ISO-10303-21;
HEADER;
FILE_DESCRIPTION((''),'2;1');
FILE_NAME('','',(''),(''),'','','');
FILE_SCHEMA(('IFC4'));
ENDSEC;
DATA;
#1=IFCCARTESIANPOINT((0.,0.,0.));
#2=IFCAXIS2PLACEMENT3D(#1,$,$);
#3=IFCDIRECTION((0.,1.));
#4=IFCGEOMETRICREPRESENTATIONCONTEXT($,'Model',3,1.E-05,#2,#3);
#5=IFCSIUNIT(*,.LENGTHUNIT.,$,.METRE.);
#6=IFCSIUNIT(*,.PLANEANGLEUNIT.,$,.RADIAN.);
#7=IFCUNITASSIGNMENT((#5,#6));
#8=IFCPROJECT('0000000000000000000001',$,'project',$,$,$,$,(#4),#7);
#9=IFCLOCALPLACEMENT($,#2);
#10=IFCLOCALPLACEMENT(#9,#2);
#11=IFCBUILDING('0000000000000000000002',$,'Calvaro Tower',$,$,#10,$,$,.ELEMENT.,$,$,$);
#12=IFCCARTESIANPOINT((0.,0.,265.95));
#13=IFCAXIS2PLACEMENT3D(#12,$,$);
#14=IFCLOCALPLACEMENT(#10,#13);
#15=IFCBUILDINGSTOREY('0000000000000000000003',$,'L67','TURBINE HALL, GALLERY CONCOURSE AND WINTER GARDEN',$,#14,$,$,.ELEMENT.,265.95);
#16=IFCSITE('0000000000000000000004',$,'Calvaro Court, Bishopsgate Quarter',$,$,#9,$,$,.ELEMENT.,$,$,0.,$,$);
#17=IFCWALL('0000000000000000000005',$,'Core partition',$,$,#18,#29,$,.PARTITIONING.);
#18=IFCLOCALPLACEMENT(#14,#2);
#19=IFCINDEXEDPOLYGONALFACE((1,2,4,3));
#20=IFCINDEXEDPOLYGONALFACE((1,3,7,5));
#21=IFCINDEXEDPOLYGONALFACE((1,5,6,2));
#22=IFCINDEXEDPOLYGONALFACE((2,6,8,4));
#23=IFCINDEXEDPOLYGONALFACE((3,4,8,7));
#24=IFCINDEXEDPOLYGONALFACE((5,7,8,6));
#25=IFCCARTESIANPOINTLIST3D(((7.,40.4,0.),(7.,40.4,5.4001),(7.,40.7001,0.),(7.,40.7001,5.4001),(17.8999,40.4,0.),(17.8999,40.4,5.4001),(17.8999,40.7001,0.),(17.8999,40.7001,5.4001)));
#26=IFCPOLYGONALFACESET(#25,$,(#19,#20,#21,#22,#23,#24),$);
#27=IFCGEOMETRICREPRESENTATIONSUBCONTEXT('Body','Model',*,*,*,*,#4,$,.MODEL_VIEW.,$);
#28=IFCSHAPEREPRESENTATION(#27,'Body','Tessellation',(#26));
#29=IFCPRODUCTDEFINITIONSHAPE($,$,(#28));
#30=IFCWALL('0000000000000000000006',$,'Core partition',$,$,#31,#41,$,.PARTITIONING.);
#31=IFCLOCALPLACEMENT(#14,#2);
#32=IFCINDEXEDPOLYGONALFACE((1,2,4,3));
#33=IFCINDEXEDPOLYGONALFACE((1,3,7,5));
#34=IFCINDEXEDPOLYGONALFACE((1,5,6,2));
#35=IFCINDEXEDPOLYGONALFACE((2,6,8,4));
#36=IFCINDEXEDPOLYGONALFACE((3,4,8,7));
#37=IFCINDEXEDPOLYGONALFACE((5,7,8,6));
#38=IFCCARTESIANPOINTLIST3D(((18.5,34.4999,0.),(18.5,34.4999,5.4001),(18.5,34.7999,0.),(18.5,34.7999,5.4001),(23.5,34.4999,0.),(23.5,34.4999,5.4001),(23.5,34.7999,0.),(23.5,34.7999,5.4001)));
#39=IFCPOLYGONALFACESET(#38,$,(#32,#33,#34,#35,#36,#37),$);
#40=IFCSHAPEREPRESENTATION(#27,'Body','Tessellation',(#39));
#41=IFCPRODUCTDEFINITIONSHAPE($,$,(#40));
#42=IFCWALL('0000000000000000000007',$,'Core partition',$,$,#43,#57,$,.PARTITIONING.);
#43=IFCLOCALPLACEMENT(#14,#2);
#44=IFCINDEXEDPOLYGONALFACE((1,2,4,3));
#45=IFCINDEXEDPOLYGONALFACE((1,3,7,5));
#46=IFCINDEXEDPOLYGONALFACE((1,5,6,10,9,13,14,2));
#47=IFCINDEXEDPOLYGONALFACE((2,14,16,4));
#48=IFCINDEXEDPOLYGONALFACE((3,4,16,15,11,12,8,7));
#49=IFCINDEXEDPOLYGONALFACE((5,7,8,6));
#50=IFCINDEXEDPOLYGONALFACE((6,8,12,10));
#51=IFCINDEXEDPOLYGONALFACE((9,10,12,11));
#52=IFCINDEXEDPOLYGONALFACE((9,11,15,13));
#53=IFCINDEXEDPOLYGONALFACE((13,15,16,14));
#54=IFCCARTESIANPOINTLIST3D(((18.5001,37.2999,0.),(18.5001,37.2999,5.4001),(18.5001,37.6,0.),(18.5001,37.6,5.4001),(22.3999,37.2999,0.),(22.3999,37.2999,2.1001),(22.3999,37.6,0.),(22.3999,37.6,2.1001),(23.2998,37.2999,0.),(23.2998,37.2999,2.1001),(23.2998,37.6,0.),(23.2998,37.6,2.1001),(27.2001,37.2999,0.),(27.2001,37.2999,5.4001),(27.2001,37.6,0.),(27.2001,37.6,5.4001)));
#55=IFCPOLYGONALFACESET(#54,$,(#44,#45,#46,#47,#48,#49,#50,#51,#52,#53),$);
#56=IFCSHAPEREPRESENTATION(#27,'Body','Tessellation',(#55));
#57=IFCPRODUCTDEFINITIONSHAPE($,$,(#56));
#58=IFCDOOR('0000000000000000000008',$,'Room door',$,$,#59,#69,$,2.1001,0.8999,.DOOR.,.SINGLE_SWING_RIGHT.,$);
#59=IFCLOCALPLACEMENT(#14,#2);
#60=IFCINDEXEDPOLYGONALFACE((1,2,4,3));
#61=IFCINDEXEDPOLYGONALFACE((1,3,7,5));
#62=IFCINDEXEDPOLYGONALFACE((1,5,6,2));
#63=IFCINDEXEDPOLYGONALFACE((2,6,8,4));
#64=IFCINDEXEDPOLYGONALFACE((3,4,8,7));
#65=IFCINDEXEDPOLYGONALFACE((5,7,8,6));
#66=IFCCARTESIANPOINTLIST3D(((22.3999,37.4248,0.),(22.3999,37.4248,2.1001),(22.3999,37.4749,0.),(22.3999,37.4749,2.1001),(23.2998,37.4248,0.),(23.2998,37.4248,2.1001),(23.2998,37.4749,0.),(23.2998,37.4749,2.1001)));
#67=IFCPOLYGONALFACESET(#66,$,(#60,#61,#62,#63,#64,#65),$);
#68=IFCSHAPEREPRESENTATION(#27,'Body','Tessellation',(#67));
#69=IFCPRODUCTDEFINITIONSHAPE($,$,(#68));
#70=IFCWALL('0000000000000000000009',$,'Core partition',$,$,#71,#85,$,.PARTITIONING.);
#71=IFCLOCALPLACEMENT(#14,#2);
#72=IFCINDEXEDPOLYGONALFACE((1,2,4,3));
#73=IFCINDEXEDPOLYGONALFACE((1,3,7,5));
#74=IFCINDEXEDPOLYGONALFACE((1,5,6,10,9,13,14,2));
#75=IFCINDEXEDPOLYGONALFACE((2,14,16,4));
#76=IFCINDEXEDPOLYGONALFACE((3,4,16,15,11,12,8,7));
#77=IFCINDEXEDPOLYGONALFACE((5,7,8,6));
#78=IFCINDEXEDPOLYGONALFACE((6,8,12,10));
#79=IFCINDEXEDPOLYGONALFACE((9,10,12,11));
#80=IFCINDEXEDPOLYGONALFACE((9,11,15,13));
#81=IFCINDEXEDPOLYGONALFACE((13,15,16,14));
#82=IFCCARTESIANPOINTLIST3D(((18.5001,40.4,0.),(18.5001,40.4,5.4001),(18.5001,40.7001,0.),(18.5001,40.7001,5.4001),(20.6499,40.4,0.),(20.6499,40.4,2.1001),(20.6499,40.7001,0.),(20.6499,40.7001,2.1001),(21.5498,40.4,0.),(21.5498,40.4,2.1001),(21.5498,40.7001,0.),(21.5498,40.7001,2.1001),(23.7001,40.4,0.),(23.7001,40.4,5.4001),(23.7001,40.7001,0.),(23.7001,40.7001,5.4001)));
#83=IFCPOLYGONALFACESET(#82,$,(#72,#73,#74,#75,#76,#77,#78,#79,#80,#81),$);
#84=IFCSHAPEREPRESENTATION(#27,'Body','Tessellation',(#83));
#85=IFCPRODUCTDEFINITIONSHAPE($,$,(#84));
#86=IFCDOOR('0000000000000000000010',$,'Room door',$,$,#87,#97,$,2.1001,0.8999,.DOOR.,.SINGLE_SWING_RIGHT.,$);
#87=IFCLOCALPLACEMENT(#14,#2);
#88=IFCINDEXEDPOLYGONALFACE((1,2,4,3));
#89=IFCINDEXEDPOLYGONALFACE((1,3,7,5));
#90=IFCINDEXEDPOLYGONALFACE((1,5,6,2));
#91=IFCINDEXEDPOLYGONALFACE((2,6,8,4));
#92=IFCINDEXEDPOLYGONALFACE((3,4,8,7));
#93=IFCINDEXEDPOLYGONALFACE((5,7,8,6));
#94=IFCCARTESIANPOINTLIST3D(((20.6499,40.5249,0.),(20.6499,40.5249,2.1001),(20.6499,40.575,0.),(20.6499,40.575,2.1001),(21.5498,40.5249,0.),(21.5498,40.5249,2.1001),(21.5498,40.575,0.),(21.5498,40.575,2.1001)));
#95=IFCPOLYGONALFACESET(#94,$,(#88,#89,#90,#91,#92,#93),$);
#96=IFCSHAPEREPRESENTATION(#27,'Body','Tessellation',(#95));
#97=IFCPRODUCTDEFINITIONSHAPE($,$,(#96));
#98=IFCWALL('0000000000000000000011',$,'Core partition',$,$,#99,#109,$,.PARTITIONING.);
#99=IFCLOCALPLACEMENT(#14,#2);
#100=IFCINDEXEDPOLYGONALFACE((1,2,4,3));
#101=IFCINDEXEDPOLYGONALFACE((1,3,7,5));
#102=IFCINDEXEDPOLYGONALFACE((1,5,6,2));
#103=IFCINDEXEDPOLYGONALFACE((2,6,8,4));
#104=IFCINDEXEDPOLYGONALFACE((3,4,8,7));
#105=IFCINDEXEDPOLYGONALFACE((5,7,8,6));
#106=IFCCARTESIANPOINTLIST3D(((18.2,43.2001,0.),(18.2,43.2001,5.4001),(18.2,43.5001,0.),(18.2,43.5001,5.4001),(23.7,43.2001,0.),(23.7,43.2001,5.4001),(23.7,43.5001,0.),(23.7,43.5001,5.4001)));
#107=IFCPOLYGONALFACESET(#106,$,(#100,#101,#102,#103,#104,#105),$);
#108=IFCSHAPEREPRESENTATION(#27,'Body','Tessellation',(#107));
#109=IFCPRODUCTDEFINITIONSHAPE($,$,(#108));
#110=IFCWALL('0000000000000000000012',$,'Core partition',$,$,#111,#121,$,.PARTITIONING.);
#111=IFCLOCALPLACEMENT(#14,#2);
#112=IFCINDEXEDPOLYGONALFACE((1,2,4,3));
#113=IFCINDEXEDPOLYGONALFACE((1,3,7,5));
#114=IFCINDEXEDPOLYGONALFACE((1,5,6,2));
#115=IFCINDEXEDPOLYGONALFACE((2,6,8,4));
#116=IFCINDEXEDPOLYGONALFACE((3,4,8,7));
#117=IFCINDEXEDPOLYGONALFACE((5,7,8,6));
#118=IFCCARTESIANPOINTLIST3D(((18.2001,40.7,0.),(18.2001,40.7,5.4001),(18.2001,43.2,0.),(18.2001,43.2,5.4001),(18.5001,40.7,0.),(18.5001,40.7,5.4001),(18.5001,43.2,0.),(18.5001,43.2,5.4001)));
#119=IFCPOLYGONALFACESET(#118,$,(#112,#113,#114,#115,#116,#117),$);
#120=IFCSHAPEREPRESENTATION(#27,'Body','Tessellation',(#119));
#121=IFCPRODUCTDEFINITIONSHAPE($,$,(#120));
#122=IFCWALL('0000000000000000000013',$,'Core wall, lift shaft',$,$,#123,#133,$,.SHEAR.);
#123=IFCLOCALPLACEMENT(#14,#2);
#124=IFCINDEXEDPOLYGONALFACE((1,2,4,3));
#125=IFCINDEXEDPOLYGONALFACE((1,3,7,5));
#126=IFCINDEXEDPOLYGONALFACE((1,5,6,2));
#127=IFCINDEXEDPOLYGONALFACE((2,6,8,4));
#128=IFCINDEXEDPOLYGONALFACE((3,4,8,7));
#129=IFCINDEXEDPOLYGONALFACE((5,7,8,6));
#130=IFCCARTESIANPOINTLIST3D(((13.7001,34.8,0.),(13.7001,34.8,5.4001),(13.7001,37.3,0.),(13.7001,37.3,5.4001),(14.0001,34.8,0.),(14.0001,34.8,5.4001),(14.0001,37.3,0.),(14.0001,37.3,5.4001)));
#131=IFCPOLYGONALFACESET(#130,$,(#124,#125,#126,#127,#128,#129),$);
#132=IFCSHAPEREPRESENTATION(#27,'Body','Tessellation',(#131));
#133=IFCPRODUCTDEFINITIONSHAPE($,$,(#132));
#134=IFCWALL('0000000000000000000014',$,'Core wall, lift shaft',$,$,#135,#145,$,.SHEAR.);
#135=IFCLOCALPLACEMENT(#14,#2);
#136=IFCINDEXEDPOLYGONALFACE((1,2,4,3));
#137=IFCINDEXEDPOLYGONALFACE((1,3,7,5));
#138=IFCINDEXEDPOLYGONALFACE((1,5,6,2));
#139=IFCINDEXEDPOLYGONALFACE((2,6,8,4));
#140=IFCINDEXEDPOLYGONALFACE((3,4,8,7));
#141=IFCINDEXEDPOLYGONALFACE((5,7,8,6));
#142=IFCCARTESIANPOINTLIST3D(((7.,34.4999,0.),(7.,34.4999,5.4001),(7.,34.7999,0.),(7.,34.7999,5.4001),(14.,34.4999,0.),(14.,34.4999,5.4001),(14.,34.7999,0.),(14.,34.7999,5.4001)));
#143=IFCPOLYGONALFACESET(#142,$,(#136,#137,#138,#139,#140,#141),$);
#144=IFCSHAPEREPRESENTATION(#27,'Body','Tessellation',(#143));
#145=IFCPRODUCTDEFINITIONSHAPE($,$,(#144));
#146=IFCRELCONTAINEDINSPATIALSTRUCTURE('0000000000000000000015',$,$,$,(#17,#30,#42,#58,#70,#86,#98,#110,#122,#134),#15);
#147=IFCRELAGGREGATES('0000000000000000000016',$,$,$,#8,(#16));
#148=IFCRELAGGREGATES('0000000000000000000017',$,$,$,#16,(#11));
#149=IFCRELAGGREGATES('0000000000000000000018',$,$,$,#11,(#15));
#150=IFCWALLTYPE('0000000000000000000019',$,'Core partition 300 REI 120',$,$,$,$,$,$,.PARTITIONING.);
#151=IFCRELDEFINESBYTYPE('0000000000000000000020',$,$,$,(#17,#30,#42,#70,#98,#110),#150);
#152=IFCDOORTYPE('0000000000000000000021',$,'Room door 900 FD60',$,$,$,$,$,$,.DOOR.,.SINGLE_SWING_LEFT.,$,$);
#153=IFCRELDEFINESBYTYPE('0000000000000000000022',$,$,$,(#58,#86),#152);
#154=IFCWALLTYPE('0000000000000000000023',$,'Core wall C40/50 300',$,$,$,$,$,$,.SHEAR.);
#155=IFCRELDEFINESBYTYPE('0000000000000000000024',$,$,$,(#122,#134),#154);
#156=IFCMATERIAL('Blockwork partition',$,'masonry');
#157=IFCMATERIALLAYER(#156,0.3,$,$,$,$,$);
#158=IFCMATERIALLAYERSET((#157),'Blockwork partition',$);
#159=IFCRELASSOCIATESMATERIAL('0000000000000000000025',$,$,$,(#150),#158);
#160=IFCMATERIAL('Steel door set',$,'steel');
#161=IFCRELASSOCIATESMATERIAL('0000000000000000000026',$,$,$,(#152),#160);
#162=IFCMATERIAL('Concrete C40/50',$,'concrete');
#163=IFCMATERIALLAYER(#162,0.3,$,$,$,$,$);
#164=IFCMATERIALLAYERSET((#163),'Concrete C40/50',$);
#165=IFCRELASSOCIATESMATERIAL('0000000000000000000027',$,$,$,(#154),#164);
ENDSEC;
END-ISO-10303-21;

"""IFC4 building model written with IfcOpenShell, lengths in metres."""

from ifc_helpers import new_model, si_unit, direction, frame, frame_2d, origin, place, context, subcontext, project, spatial, rectangle, extrude, material, layer, layer_set, type_object, element, fill, save


model = new_model("IFC4")

# Units and contexts
model_context = context("Model", 3, precision=1e-05, world=origin(), true_north=direction((0.0, 1.0)))
body_context = subcontext(model_context, "Body", "Model", "MODEL_VIEW")
ifc_project = project(units=[si_unit("LENGTHUNIT", "METRE"), si_unit("PLANEANGLEUNIT", "RADIAN")], contexts=[model_context])

# Site, building, storey
site_placement = place(None, origin())
site = spatial("IfcSite", under=ifc_project, at=site_placement, Name="Calvaro Court, Bishopsgate Quarter", CompositionType="ELEMENT", RefElevation=0.0)
building_placement = place(site_placement, origin())
building = spatial("IfcBuilding", under=site, at=building_placement, Name="Calvaro Tower", CompositionType="ELEMENT")
storey_placement = place(building_placement, frame((0.0, 0.0, 265.95)))
storey = spatial("IfcBuildingStorey", under=building, at=storey_placement, Name="L67", Description="TURBINE HALL, GALLERY CONCOURSE AND WINTER GARDEN", CompositionType="ELEMENT", Elevation=265.95)

# Walls
ifc_material_1 = material(Name="Blockwork partition", Category="masonry")
ifc_layer_1 = layer(ifc_material_1, 0.3)
ifc_layer_set_1 = layer_set([ifc_layer_1], Name="Blockwork partition")
wall_type_1 = type_object("IfcWallType", Name="Core partition 300 REI 120", PredefinedType="PARTITIONING", material=ifc_layer_set_1)
wall_1_placement = place(storey_placement, frame((7.0, 40.55, 0.0), z_axis=(0.0, 0.0, 1.0), x_axis=(1.0, 0.0, 0.0)))
element("IfcWall", 1, at=wall_1_placement, inside=storey, type_object=wall_type_1, Name="Core partition", PredefinedType="PARTITIONING", context=body_context, shape_type="SweptSolid", body=[
    extrude(rectangle(XDim=10.8999, YDim=0.3, at=frame_2d((5.45, 0.0))), origin(), (0.0, 0.0, 1.0), 5.4001),
])
wall_2_placement = place(storey_placement, frame((18.5, 34.6499, 0.0), z_axis=(0.0, 0.0, 1.0), x_axis=(1.0, 0.0, 0.0)))
element("IfcWall", 2, at=wall_2_placement, inside=storey, type_object=wall_type_1, Name="Core partition", PredefinedType="PARTITIONING", context=body_context, shape_type="SweptSolid", body=[
    extrude(rectangle(XDim=5.0, YDim=0.3, at=frame_2d((2.5, 0.0))), origin(), (0.0, 0.0, 1.0), 5.4001),
])

# Walls, openings, doors
wall_3_placement = place(storey_placement, frame((18.5, 37.45, 0.0), z_axis=(0.0, 0.0, 1.0), x_axis=(1.0, 0.0, 0.0)))
wall_3 = element("IfcWall", 3, at=wall_3_placement, inside=storey, type_object=wall_type_1, Name="Core partition", PredefinedType="PARTITIONING", context=body_context, shape_type="SweptSolid", body=[
    extrude(rectangle(XDim=8.7, YDim=0.3, at=frame_2d((4.3501, 0.0))), origin(), (0.0, 0.0, 1.0), 5.4001),
])
opening_1_placement = place(wall_3_placement, frame((3.8999, 0.0, 0.0)))
opening_1 = element("IfcOpeningElement", 4, at=opening_1_placement, cuts=wall_3, PredefinedType="OPENING", context=body_context, shape_type="SweptSolid", body=[
    extrude(rectangle(XDim=0.8999, YDim=2.1001, at=frame_2d((0.45, 1.05))), frame((0.0, 0.1599, 0.0), z_axis=(0.0, -1.0, 0.0), x_axis=(1.0, 0.0, 0.0)), (0.0, 0.0, 1.0), 0.3201),
])
ifc_material_2 = material(Name="Steel door set", Category="steel")
door_type_1 = type_object("IfcDoorType", Name="Room door 900 FD60", OperationType="SINGLE_SWING_LEFT", PredefinedType="DOOR", material=ifc_material_2)
door_1_placement = place(opening_1_placement, origin())
door_1 = element("IfcDoor", 5, at=door_1_placement, inside=storey, type_object=door_type_1, Name="Room door", OperationType="SINGLE_SWING_RIGHT", OverallHeight=2.1001, OverallWidth=0.8999, PredefinedType="DOOR", context=body_context, shape_type="SweptSolid", body=[
    extrude(rectangle(XDim=0.8999, YDim=2.1001, at=frame_2d((0.45, 1.05))), frame((0.0, 0.0249, 0.0), z_axis=(0.0, -1.0, 0.0), x_axis=(1.0, 0.0, 0.0)), (0.0, 0.0, 1.0), 0.05),
])
fill(opening_1, door_1)
wall_4_placement = place(storey_placement, frame((18.5, 40.55, 0.0), z_axis=(0.0, 0.0, 1.0), x_axis=(1.0, 0.0, 0.0)))
wall_4 = element("IfcWall", 6, at=wall_4_placement, inside=storey, type_object=wall_type_1, Name="Core partition", PredefinedType="PARTITIONING", context=body_context, shape_type="SweptSolid", body=[
    extrude(rectangle(XDim=5.2, YDim=0.3, at=frame_2d((2.6001, 0.0))), origin(), (0.0, 0.0, 1.0), 5.4001),
])
opening_2_placement = place(wall_4_placement, frame((2.1499, 0.0, 0.0)))
opening_2 = element("IfcOpeningElement", 7, at=opening_2_placement, cuts=wall_4, PredefinedType="OPENING", context=body_context, shape_type="SweptSolid", body=[
    extrude(rectangle(XDim=0.8999, YDim=2.1001, at=frame_2d((0.45, 1.05))), frame((0.0, 0.1599, 0.0), z_axis=(0.0, -1.0, 0.0), x_axis=(1.0, 0.0, 0.0)), (0.0, 0.0, 1.0), 0.3201),
])
door_2_placement = place(opening_2_placement, origin())
door_2 = element("IfcDoor", 8, at=door_2_placement, inside=storey, type_object=door_type_1, Name="Room door", OperationType="SINGLE_SWING_RIGHT", OverallHeight=2.1001, OverallWidth=0.8999, PredefinedType="DOOR", context=body_context, shape_type="SweptSolid", body=[
    extrude(rectangle(XDim=0.8999, YDim=2.1001, at=frame_2d((0.45, 1.05))), frame((0.0, 0.0249, 0.0), z_axis=(0.0, -1.0, 0.0), x_axis=(1.0, 0.0, 0.0)), (0.0, 0.0, 1.0), 0.05),
])
fill(opening_2, door_2)

# Walls
wall_5_placement = place(storey_placement, frame((18.2, 43.3501, 0.0), z_axis=(0.0, 0.0, 1.0), x_axis=(1.0, 0.0, 0.0)))
element("IfcWall", 9, at=wall_5_placement, inside=storey, type_object=wall_type_1, Name="Core partition", PredefinedType="PARTITIONING", context=body_context, shape_type="SweptSolid", body=[
    extrude(rectangle(XDim=5.5, YDim=0.3, at=frame_2d((2.75, 0.0))), origin(), (0.0, 0.0, 1.0), 5.4001),
])
wall_6_placement = place(storey_placement, frame((18.3501, 40.7, 0.0), z_axis=(0.0, 0.0, 1.0), x_axis=(0.0, 1.0, 0.0)))
element("IfcWall", 10, at=wall_6_placement, inside=storey, type_object=wall_type_1, Name="Core partition", PredefinedType="PARTITIONING", context=body_context, shape_type="SweptSolid", body=[
    extrude(rectangle(XDim=2.5, YDim=0.3, at=frame_2d((1.25, 0.0))), origin(), (0.0, 0.0, 1.0), 5.4001),
])
ifc_material_3 = material(Name="Concrete C40/50", Category="concrete")
ifc_layer_2 = layer(ifc_material_3, 0.3)
ifc_layer_set_2 = layer_set([ifc_layer_2], Name="Concrete C40/50")
wall_type_2 = type_object("IfcWallType", Name="Core wall C40/50 300", PredefinedType="SHEAR", material=ifc_layer_set_2)
wall_7_placement = place(storey_placement, frame((13.8501, 34.8, 0.0), z_axis=(0.0, 0.0, 1.0), x_axis=(0.0, 1.0, 0.0)))
element("IfcWall", 11, at=wall_7_placement, inside=storey, type_object=wall_type_2, Name="Core wall, lift shaft", PredefinedType="SHEAR", context=body_context, shape_type="SweptSolid", body=[
    extrude(rectangle(XDim=2.5, YDim=0.3, at=frame_2d((1.25, 0.0))), origin(), (0.0, 0.0, 1.0), 5.4001),
])
wall_8_placement = place(storey_placement, frame((7.0, 34.6499, 0.0), z_axis=(0.0, 0.0, 1.0), x_axis=(1.0, 0.0, 0.0)))
element("IfcWall", 12, at=wall_8_placement, inside=storey, type_object=wall_type_2, Name="Core wall, lift shaft", PredefinedType="SHEAR", context=body_context, shape_type="SweptSolid", body=[
    extrude(rectangle(XDim=7.0, YDim=0.3, at=frame_2d((3.5, 0.0))), origin(), (0.0, 0.0, 1.0), 5.4001),
])

save(model, "model.ifc")
